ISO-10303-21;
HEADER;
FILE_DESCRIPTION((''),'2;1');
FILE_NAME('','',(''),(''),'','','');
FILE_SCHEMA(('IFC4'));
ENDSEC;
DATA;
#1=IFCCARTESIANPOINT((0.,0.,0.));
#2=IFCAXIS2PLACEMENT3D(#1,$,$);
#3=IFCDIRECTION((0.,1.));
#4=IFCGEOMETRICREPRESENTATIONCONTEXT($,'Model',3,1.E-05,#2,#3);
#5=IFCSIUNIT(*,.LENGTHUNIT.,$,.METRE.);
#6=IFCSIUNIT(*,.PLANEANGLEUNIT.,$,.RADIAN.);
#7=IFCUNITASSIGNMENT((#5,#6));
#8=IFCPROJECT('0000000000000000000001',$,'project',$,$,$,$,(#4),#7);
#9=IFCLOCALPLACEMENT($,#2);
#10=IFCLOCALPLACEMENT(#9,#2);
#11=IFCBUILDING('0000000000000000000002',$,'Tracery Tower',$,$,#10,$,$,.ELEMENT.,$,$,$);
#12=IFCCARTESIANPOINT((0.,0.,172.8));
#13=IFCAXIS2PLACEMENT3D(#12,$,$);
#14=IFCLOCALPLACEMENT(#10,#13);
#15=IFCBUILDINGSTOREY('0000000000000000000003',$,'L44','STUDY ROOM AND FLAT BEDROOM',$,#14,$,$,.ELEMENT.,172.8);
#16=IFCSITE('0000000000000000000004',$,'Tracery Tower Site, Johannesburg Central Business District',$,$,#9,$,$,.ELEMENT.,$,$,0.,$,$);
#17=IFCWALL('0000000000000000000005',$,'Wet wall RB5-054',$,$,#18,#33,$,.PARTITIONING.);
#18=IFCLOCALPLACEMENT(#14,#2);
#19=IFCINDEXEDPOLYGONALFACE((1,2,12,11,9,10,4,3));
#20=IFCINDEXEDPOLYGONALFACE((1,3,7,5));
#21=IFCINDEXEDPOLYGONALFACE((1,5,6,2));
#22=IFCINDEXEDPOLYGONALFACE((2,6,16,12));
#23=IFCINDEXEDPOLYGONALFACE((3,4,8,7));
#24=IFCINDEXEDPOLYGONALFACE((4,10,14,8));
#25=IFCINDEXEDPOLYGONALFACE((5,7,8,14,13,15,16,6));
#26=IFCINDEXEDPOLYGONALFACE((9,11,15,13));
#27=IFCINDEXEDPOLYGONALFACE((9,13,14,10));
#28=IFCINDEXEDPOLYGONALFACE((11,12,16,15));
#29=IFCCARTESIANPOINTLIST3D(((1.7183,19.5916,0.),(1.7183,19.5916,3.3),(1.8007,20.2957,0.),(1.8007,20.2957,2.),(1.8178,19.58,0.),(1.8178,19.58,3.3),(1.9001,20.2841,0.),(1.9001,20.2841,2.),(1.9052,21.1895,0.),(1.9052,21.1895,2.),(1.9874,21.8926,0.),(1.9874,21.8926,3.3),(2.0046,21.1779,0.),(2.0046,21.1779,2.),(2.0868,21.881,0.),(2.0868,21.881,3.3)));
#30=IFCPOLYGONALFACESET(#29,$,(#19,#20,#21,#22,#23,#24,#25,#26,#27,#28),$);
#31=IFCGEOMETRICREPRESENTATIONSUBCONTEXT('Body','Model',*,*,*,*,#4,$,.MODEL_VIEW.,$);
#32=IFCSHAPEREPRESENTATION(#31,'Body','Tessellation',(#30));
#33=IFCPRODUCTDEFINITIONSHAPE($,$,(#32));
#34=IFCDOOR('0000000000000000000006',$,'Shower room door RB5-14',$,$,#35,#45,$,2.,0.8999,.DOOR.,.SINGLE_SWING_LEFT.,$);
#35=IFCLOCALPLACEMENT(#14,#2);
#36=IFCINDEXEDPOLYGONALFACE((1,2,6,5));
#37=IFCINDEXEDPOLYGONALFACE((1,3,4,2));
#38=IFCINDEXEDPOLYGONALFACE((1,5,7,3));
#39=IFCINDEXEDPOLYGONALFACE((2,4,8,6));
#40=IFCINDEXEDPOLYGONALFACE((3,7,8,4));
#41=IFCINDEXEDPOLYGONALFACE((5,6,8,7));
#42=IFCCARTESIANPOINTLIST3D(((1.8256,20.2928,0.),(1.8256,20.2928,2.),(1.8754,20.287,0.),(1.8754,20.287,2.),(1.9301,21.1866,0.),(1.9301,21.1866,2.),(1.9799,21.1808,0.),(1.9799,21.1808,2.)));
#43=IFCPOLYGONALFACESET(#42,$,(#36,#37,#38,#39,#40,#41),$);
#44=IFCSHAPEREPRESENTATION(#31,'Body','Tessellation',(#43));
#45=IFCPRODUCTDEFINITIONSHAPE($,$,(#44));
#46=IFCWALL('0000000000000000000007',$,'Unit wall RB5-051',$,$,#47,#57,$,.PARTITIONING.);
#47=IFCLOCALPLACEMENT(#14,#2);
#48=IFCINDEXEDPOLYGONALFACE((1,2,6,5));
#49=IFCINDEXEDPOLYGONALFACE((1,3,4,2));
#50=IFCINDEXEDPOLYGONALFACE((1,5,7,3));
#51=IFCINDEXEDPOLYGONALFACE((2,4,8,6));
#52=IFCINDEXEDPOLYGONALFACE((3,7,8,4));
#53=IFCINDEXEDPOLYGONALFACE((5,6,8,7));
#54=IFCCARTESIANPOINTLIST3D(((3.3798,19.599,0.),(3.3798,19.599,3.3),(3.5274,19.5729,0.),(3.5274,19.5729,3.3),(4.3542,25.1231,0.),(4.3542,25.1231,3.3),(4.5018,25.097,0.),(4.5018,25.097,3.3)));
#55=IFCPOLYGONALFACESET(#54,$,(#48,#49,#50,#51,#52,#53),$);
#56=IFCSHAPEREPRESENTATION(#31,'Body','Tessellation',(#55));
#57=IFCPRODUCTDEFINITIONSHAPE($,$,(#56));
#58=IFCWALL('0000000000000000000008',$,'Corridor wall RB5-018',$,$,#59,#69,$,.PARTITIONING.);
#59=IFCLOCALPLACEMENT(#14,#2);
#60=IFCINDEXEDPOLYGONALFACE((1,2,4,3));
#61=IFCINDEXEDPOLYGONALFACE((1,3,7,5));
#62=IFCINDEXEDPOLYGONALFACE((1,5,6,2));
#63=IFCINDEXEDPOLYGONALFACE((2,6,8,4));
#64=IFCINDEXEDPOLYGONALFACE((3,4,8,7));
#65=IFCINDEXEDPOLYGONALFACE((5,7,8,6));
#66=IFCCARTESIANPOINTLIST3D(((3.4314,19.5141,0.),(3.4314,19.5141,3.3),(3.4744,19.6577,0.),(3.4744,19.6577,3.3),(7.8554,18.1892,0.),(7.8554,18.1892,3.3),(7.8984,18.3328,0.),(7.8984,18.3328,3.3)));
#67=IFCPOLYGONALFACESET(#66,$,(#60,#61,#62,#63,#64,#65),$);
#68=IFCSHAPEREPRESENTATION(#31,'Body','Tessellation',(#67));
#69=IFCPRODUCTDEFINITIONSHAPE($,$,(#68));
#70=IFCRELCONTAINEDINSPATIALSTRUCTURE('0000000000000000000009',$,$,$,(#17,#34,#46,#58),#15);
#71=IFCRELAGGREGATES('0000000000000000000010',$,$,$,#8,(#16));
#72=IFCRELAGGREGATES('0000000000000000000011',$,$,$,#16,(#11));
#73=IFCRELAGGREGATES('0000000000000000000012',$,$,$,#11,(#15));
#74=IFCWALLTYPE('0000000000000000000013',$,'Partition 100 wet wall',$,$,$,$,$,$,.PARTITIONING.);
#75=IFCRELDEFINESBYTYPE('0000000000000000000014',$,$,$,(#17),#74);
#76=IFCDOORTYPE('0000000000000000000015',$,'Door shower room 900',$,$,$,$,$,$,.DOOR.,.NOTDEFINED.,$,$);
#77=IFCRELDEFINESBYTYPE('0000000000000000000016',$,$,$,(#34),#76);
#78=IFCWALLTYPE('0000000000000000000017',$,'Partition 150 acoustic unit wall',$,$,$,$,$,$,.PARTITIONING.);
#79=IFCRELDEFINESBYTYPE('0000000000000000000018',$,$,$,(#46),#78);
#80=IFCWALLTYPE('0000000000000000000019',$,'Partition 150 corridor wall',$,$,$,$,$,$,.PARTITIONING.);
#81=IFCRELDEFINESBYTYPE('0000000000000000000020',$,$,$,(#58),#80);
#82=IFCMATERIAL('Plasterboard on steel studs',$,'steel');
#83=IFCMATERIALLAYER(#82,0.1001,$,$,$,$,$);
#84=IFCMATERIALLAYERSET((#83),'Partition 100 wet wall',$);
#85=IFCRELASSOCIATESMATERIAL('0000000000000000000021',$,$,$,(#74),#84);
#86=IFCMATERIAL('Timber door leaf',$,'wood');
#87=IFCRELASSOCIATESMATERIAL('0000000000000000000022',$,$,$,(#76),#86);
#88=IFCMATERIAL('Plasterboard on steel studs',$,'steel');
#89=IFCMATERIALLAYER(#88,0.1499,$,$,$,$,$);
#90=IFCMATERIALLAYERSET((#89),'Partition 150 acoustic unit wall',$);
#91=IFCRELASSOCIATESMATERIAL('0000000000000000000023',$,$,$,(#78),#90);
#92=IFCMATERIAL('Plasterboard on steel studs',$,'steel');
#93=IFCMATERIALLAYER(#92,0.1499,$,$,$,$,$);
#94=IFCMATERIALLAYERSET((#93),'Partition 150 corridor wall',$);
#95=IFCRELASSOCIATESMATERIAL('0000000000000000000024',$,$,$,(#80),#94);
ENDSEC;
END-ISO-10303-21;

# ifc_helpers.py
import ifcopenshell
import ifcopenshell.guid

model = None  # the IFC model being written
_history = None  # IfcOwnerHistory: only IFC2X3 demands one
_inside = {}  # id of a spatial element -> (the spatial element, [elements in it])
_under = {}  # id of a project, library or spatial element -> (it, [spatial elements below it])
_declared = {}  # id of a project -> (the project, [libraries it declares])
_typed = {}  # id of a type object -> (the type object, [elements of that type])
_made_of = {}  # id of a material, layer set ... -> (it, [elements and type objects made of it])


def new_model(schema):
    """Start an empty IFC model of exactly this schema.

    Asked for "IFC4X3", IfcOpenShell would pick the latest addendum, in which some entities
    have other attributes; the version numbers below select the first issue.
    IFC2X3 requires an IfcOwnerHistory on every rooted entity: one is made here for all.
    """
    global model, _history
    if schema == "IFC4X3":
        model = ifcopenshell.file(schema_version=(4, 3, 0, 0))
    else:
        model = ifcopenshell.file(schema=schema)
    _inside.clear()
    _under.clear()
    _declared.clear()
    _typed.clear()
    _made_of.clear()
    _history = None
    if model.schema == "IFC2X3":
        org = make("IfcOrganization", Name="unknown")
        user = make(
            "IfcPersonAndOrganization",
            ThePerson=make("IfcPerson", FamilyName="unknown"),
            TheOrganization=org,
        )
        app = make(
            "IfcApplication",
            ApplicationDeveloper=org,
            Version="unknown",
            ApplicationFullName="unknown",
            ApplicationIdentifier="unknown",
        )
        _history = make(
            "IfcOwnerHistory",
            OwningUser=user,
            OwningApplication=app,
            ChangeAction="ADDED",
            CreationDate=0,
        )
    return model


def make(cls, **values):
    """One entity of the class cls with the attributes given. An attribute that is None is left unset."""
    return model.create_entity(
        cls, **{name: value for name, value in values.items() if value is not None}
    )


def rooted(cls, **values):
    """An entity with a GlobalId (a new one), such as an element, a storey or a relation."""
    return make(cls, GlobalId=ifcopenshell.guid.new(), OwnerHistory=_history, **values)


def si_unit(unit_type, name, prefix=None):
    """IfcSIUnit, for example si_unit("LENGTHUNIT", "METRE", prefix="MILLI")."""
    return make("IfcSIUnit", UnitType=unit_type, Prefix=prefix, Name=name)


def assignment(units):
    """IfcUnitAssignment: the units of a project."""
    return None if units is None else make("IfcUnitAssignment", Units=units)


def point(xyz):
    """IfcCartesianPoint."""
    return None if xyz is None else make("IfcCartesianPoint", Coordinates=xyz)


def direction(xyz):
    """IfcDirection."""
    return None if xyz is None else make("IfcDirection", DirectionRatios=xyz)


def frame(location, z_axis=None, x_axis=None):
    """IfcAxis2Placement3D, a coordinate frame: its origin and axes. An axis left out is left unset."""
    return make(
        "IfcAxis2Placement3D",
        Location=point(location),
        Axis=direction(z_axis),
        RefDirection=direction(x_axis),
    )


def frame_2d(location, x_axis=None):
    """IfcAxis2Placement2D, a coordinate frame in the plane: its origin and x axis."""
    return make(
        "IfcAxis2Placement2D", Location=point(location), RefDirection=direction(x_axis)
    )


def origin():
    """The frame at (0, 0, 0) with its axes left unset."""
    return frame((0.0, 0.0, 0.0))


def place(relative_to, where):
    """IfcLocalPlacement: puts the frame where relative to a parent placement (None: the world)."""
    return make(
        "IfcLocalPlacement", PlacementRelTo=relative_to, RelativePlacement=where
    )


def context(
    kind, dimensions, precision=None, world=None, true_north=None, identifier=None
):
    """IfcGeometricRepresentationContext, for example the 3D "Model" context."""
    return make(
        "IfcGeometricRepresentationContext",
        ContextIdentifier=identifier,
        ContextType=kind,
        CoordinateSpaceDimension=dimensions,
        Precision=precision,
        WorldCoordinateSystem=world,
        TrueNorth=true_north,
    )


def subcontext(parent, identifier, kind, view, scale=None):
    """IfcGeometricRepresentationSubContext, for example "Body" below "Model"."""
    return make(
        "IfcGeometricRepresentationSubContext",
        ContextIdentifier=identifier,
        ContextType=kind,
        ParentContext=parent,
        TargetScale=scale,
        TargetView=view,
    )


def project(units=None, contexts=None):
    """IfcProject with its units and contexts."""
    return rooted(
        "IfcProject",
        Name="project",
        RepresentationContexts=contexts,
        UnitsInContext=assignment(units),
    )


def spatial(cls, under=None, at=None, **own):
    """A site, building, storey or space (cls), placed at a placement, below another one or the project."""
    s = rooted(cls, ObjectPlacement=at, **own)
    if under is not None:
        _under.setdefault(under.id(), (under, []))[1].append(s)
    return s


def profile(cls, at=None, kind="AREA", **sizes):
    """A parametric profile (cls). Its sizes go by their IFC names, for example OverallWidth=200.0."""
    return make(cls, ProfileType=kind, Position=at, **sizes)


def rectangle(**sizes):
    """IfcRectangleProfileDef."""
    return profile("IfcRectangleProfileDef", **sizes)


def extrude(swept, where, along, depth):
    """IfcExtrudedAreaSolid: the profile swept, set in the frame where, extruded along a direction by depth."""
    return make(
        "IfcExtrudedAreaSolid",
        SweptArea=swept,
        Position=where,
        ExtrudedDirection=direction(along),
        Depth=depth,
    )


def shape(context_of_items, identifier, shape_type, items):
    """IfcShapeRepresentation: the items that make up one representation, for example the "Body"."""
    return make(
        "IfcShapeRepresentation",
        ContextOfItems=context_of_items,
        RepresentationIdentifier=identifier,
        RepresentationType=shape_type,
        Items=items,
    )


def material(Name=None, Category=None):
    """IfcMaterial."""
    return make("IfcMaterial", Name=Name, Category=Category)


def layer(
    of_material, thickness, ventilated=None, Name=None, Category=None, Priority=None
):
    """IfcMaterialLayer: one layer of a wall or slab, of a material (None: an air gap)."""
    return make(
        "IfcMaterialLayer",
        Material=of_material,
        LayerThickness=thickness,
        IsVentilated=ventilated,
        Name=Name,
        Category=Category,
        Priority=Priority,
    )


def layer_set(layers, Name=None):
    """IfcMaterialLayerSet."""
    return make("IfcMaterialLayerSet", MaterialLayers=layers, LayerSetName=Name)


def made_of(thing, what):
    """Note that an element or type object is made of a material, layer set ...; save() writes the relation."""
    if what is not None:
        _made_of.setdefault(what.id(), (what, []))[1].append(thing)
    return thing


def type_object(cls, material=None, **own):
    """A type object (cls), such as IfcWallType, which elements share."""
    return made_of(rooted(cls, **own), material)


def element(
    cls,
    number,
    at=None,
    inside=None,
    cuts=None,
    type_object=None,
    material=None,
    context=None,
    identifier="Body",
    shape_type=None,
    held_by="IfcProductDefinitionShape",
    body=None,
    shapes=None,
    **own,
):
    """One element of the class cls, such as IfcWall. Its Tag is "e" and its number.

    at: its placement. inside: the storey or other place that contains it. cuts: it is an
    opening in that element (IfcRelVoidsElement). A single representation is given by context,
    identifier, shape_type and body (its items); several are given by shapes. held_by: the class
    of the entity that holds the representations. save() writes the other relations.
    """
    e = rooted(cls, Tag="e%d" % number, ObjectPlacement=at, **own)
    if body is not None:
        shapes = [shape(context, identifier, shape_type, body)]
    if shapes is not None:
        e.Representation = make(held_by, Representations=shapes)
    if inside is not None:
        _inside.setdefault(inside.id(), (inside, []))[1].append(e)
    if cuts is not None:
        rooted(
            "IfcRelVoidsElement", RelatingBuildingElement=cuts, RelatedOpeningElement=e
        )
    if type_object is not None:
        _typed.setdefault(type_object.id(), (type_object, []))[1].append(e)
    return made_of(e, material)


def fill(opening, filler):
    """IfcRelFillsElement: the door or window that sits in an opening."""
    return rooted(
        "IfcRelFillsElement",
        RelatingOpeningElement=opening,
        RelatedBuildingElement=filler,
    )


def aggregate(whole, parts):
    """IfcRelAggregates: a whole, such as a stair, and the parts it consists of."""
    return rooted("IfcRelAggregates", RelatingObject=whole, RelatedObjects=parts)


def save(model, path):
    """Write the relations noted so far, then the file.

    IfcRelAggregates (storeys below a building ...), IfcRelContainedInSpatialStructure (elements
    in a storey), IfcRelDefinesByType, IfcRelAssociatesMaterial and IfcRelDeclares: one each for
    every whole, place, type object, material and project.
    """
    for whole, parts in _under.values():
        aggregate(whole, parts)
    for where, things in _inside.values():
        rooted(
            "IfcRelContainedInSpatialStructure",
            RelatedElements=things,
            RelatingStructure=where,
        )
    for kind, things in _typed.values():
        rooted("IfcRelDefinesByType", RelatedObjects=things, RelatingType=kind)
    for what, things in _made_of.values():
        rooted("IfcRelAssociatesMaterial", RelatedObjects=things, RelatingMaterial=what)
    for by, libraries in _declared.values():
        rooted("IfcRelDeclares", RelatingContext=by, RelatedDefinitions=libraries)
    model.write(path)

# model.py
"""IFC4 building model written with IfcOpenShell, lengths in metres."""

from ifc_helpers import new_model, si_unit, direction, frame, frame_2d, origin, place, context, subcontext, project, spatial, rectangle, extrude, material, layer, layer_set, type_object, element, fill, save


model = new_model("IFC4")

# Units and contexts
model_context = context("Model", 3, precision=1e-05, world=origin(), true_north=direction((0.0, 1.0)))
body_context = subcontext(model_context, "Body", "Model", "MODEL_VIEW")
ifc_project = project(units=[si_unit("LENGTHUNIT", "METRE"), si_unit("PLANEANGLEUNIT", "RADIAN")], contexts=[model_context])

# Site, building, storey
site_placement = place(None, origin())
site = spatial("IfcSite", under=ifc_project, at=site_placement, Name="Tracery Tower Site, Johannesburg Central Business District", CompositionType="ELEMENT", RefElevation=0.0)
building_placement = place(site_placement, origin())
building = spatial("IfcBuilding", under=site, at=building_placement, Name="Tracery Tower", CompositionType="ELEMENT")
storey_placement = place(building_placement, frame((0.0, 0.0, 172.8)))
storey = spatial("IfcBuildingStorey", under=building, at=storey_placement, Name="L44", Description="STUDY ROOM AND FLAT BEDROOM", CompositionType="ELEMENT", Elevation=172.8)

# Shared definitions
ifc_material_1 = material(Name="Plasterboard on steel studs", Category="steel")
ifc_layer_1 = layer(ifc_material_1, 0.1001)
ifc_layer_set_1 = layer_set([ifc_layer_1], Name="Partition 100 wet wall")
wall_type_1 = type_object("IfcWallType", Name="Partition 100 wet wall", PredefinedType="PARTITIONING", material=ifc_layer_set_1)

# Wall, opening, door
wall_1_placement = place(storey_placement, frame((1.7681, 19.5859, 0.0), z_axis=(0.0, 0.0, 1.0), x_axis=(0.116132, 0.993234, 0.0)))
wall_1 = element("IfcWall", 1, at=wall_1_placement, inside=storey, type_object=wall_type_1, Name="Wet wall RB5-054", PredefinedType="PARTITIONING", context=body_context, shape_type="SweptSolid", body=[
    extrude(rectangle(XDim=2.3167, YDim=0.1001, at=frame_2d((1.1582, 0.0))), origin(), (0.0, 0.0, 1.0), 3.3),
])
opening_1_placement = place(wall_1_placement, frame((0.7087, 0.0, 0.0)))
opening_1 = element("IfcOpeningElement", 2, at=opening_1_placement, cuts=wall_1, PredefinedType="OPENING", context=body_context, shape_type="SweptSolid", body=[
    extrude(rectangle(XDim=0.8999, YDim=2.0, at=frame_2d((0.45, 1.0))), frame((0.0, 0.05, 0.0), z_axis=(0.0, -1.0, 0.0), x_axis=(1.0, 0.0, 0.0)), (0.0, 0.0, 1.0), 0.1001),
])
ifc_material_2 = material(Name="Timber door leaf", Category="wood")
door_type_1 = type_object("IfcDoorType", Name="Door shower room 900", OperationType="NOTDEFINED", PredefinedType="DOOR", material=ifc_material_2)
door_1_placement = place(opening_1_placement, origin())
door_1 = element("IfcDoor", 3, at=door_1_placement, inside=storey, type_object=door_type_1, Name="Shower room door RB5-14", OperationType="SINGLE_SWING_LEFT", OverallHeight=2.0, OverallWidth=0.8999, PredefinedType="DOOR", context=body_context, shape_type="SweptSolid", body=[
    extrude(rectangle(XDim=0.8999, YDim=2.0, at=frame_2d((0.45, 1.0))), frame((0.0, 0.0249, 0.0), z_axis=(0.0, -1.0, 0.0), x_axis=(1.0, 0.0, 0.0)), (0.0, 0.0, 1.0), 0.05),
])
fill(opening_1, door_1)

# Walls
ifc_material_3 = material(Name="Plasterboard on steel studs", Category="steel")
ifc_layer_2 = layer(ifc_material_3, 0.1499)
ifc_layer_set_2 = layer_set([ifc_layer_2], Name="Partition 150 acoustic unit wall")
wall_type_2 = type_object("IfcWallType", Name="Partition 150 acoustic unit wall", PredefinedType="PARTITIONING", material=ifc_layer_set_2)
wall_2_placement = place(storey_placement, frame((3.4536, 19.5859, 0.0), z_axis=(0.0, 0.0, 1.0), x_axis=(0.173701, 0.984798, 0.0)))
element("IfcWall", 4, at=wall_2_placement, inside=storey, type_object=wall_type_2, Name="Unit wall RB5-051", PredefinedType="PARTITIONING", context=body_context, shape_type="SweptSolid", body=[
    extrude(rectangle(XDim=5.6094, YDim=0.1499, at=frame_2d((2.8047, 0.0))), origin(), (0.0, 0.0, 1.0), 3.3),
])
ifc_material_4 = material(Name="Plasterboard on steel studs", Category="steel")
ifc_layer_3 = layer(ifc_material_4, 0.1499)
ifc_layer_set_3 = layer_set([ifc_layer_3], Name="Partition 150 corridor wall")
wall_type_3 = type_object("IfcWallType", Name="Partition 150 corridor wall", PredefinedType="PARTITIONING", material=ifc_layer_set_3)
wall_3_placement = place(storey_placement, frame((3.4529, 19.5859, 0.0), z_axis=(0.0, 0.0, 1.0), x_axis=(0.957961, -0.286897, 0.0)))
element("IfcWall", 5, at=wall_3_placement, inside=storey, type_object=wall_type_3, Name="Corridor wall RB5-018", PredefinedType="PARTITIONING", context=body_context, shape_type="SweptSolid", body=[
    extrude(rectangle(XDim=4.6182, YDim=0.1499, at=frame_2d((2.3091, 0.0))), origin(), (0.0, 0.0, 1.0), 3.3),
])

save(model, "model.ifc")
